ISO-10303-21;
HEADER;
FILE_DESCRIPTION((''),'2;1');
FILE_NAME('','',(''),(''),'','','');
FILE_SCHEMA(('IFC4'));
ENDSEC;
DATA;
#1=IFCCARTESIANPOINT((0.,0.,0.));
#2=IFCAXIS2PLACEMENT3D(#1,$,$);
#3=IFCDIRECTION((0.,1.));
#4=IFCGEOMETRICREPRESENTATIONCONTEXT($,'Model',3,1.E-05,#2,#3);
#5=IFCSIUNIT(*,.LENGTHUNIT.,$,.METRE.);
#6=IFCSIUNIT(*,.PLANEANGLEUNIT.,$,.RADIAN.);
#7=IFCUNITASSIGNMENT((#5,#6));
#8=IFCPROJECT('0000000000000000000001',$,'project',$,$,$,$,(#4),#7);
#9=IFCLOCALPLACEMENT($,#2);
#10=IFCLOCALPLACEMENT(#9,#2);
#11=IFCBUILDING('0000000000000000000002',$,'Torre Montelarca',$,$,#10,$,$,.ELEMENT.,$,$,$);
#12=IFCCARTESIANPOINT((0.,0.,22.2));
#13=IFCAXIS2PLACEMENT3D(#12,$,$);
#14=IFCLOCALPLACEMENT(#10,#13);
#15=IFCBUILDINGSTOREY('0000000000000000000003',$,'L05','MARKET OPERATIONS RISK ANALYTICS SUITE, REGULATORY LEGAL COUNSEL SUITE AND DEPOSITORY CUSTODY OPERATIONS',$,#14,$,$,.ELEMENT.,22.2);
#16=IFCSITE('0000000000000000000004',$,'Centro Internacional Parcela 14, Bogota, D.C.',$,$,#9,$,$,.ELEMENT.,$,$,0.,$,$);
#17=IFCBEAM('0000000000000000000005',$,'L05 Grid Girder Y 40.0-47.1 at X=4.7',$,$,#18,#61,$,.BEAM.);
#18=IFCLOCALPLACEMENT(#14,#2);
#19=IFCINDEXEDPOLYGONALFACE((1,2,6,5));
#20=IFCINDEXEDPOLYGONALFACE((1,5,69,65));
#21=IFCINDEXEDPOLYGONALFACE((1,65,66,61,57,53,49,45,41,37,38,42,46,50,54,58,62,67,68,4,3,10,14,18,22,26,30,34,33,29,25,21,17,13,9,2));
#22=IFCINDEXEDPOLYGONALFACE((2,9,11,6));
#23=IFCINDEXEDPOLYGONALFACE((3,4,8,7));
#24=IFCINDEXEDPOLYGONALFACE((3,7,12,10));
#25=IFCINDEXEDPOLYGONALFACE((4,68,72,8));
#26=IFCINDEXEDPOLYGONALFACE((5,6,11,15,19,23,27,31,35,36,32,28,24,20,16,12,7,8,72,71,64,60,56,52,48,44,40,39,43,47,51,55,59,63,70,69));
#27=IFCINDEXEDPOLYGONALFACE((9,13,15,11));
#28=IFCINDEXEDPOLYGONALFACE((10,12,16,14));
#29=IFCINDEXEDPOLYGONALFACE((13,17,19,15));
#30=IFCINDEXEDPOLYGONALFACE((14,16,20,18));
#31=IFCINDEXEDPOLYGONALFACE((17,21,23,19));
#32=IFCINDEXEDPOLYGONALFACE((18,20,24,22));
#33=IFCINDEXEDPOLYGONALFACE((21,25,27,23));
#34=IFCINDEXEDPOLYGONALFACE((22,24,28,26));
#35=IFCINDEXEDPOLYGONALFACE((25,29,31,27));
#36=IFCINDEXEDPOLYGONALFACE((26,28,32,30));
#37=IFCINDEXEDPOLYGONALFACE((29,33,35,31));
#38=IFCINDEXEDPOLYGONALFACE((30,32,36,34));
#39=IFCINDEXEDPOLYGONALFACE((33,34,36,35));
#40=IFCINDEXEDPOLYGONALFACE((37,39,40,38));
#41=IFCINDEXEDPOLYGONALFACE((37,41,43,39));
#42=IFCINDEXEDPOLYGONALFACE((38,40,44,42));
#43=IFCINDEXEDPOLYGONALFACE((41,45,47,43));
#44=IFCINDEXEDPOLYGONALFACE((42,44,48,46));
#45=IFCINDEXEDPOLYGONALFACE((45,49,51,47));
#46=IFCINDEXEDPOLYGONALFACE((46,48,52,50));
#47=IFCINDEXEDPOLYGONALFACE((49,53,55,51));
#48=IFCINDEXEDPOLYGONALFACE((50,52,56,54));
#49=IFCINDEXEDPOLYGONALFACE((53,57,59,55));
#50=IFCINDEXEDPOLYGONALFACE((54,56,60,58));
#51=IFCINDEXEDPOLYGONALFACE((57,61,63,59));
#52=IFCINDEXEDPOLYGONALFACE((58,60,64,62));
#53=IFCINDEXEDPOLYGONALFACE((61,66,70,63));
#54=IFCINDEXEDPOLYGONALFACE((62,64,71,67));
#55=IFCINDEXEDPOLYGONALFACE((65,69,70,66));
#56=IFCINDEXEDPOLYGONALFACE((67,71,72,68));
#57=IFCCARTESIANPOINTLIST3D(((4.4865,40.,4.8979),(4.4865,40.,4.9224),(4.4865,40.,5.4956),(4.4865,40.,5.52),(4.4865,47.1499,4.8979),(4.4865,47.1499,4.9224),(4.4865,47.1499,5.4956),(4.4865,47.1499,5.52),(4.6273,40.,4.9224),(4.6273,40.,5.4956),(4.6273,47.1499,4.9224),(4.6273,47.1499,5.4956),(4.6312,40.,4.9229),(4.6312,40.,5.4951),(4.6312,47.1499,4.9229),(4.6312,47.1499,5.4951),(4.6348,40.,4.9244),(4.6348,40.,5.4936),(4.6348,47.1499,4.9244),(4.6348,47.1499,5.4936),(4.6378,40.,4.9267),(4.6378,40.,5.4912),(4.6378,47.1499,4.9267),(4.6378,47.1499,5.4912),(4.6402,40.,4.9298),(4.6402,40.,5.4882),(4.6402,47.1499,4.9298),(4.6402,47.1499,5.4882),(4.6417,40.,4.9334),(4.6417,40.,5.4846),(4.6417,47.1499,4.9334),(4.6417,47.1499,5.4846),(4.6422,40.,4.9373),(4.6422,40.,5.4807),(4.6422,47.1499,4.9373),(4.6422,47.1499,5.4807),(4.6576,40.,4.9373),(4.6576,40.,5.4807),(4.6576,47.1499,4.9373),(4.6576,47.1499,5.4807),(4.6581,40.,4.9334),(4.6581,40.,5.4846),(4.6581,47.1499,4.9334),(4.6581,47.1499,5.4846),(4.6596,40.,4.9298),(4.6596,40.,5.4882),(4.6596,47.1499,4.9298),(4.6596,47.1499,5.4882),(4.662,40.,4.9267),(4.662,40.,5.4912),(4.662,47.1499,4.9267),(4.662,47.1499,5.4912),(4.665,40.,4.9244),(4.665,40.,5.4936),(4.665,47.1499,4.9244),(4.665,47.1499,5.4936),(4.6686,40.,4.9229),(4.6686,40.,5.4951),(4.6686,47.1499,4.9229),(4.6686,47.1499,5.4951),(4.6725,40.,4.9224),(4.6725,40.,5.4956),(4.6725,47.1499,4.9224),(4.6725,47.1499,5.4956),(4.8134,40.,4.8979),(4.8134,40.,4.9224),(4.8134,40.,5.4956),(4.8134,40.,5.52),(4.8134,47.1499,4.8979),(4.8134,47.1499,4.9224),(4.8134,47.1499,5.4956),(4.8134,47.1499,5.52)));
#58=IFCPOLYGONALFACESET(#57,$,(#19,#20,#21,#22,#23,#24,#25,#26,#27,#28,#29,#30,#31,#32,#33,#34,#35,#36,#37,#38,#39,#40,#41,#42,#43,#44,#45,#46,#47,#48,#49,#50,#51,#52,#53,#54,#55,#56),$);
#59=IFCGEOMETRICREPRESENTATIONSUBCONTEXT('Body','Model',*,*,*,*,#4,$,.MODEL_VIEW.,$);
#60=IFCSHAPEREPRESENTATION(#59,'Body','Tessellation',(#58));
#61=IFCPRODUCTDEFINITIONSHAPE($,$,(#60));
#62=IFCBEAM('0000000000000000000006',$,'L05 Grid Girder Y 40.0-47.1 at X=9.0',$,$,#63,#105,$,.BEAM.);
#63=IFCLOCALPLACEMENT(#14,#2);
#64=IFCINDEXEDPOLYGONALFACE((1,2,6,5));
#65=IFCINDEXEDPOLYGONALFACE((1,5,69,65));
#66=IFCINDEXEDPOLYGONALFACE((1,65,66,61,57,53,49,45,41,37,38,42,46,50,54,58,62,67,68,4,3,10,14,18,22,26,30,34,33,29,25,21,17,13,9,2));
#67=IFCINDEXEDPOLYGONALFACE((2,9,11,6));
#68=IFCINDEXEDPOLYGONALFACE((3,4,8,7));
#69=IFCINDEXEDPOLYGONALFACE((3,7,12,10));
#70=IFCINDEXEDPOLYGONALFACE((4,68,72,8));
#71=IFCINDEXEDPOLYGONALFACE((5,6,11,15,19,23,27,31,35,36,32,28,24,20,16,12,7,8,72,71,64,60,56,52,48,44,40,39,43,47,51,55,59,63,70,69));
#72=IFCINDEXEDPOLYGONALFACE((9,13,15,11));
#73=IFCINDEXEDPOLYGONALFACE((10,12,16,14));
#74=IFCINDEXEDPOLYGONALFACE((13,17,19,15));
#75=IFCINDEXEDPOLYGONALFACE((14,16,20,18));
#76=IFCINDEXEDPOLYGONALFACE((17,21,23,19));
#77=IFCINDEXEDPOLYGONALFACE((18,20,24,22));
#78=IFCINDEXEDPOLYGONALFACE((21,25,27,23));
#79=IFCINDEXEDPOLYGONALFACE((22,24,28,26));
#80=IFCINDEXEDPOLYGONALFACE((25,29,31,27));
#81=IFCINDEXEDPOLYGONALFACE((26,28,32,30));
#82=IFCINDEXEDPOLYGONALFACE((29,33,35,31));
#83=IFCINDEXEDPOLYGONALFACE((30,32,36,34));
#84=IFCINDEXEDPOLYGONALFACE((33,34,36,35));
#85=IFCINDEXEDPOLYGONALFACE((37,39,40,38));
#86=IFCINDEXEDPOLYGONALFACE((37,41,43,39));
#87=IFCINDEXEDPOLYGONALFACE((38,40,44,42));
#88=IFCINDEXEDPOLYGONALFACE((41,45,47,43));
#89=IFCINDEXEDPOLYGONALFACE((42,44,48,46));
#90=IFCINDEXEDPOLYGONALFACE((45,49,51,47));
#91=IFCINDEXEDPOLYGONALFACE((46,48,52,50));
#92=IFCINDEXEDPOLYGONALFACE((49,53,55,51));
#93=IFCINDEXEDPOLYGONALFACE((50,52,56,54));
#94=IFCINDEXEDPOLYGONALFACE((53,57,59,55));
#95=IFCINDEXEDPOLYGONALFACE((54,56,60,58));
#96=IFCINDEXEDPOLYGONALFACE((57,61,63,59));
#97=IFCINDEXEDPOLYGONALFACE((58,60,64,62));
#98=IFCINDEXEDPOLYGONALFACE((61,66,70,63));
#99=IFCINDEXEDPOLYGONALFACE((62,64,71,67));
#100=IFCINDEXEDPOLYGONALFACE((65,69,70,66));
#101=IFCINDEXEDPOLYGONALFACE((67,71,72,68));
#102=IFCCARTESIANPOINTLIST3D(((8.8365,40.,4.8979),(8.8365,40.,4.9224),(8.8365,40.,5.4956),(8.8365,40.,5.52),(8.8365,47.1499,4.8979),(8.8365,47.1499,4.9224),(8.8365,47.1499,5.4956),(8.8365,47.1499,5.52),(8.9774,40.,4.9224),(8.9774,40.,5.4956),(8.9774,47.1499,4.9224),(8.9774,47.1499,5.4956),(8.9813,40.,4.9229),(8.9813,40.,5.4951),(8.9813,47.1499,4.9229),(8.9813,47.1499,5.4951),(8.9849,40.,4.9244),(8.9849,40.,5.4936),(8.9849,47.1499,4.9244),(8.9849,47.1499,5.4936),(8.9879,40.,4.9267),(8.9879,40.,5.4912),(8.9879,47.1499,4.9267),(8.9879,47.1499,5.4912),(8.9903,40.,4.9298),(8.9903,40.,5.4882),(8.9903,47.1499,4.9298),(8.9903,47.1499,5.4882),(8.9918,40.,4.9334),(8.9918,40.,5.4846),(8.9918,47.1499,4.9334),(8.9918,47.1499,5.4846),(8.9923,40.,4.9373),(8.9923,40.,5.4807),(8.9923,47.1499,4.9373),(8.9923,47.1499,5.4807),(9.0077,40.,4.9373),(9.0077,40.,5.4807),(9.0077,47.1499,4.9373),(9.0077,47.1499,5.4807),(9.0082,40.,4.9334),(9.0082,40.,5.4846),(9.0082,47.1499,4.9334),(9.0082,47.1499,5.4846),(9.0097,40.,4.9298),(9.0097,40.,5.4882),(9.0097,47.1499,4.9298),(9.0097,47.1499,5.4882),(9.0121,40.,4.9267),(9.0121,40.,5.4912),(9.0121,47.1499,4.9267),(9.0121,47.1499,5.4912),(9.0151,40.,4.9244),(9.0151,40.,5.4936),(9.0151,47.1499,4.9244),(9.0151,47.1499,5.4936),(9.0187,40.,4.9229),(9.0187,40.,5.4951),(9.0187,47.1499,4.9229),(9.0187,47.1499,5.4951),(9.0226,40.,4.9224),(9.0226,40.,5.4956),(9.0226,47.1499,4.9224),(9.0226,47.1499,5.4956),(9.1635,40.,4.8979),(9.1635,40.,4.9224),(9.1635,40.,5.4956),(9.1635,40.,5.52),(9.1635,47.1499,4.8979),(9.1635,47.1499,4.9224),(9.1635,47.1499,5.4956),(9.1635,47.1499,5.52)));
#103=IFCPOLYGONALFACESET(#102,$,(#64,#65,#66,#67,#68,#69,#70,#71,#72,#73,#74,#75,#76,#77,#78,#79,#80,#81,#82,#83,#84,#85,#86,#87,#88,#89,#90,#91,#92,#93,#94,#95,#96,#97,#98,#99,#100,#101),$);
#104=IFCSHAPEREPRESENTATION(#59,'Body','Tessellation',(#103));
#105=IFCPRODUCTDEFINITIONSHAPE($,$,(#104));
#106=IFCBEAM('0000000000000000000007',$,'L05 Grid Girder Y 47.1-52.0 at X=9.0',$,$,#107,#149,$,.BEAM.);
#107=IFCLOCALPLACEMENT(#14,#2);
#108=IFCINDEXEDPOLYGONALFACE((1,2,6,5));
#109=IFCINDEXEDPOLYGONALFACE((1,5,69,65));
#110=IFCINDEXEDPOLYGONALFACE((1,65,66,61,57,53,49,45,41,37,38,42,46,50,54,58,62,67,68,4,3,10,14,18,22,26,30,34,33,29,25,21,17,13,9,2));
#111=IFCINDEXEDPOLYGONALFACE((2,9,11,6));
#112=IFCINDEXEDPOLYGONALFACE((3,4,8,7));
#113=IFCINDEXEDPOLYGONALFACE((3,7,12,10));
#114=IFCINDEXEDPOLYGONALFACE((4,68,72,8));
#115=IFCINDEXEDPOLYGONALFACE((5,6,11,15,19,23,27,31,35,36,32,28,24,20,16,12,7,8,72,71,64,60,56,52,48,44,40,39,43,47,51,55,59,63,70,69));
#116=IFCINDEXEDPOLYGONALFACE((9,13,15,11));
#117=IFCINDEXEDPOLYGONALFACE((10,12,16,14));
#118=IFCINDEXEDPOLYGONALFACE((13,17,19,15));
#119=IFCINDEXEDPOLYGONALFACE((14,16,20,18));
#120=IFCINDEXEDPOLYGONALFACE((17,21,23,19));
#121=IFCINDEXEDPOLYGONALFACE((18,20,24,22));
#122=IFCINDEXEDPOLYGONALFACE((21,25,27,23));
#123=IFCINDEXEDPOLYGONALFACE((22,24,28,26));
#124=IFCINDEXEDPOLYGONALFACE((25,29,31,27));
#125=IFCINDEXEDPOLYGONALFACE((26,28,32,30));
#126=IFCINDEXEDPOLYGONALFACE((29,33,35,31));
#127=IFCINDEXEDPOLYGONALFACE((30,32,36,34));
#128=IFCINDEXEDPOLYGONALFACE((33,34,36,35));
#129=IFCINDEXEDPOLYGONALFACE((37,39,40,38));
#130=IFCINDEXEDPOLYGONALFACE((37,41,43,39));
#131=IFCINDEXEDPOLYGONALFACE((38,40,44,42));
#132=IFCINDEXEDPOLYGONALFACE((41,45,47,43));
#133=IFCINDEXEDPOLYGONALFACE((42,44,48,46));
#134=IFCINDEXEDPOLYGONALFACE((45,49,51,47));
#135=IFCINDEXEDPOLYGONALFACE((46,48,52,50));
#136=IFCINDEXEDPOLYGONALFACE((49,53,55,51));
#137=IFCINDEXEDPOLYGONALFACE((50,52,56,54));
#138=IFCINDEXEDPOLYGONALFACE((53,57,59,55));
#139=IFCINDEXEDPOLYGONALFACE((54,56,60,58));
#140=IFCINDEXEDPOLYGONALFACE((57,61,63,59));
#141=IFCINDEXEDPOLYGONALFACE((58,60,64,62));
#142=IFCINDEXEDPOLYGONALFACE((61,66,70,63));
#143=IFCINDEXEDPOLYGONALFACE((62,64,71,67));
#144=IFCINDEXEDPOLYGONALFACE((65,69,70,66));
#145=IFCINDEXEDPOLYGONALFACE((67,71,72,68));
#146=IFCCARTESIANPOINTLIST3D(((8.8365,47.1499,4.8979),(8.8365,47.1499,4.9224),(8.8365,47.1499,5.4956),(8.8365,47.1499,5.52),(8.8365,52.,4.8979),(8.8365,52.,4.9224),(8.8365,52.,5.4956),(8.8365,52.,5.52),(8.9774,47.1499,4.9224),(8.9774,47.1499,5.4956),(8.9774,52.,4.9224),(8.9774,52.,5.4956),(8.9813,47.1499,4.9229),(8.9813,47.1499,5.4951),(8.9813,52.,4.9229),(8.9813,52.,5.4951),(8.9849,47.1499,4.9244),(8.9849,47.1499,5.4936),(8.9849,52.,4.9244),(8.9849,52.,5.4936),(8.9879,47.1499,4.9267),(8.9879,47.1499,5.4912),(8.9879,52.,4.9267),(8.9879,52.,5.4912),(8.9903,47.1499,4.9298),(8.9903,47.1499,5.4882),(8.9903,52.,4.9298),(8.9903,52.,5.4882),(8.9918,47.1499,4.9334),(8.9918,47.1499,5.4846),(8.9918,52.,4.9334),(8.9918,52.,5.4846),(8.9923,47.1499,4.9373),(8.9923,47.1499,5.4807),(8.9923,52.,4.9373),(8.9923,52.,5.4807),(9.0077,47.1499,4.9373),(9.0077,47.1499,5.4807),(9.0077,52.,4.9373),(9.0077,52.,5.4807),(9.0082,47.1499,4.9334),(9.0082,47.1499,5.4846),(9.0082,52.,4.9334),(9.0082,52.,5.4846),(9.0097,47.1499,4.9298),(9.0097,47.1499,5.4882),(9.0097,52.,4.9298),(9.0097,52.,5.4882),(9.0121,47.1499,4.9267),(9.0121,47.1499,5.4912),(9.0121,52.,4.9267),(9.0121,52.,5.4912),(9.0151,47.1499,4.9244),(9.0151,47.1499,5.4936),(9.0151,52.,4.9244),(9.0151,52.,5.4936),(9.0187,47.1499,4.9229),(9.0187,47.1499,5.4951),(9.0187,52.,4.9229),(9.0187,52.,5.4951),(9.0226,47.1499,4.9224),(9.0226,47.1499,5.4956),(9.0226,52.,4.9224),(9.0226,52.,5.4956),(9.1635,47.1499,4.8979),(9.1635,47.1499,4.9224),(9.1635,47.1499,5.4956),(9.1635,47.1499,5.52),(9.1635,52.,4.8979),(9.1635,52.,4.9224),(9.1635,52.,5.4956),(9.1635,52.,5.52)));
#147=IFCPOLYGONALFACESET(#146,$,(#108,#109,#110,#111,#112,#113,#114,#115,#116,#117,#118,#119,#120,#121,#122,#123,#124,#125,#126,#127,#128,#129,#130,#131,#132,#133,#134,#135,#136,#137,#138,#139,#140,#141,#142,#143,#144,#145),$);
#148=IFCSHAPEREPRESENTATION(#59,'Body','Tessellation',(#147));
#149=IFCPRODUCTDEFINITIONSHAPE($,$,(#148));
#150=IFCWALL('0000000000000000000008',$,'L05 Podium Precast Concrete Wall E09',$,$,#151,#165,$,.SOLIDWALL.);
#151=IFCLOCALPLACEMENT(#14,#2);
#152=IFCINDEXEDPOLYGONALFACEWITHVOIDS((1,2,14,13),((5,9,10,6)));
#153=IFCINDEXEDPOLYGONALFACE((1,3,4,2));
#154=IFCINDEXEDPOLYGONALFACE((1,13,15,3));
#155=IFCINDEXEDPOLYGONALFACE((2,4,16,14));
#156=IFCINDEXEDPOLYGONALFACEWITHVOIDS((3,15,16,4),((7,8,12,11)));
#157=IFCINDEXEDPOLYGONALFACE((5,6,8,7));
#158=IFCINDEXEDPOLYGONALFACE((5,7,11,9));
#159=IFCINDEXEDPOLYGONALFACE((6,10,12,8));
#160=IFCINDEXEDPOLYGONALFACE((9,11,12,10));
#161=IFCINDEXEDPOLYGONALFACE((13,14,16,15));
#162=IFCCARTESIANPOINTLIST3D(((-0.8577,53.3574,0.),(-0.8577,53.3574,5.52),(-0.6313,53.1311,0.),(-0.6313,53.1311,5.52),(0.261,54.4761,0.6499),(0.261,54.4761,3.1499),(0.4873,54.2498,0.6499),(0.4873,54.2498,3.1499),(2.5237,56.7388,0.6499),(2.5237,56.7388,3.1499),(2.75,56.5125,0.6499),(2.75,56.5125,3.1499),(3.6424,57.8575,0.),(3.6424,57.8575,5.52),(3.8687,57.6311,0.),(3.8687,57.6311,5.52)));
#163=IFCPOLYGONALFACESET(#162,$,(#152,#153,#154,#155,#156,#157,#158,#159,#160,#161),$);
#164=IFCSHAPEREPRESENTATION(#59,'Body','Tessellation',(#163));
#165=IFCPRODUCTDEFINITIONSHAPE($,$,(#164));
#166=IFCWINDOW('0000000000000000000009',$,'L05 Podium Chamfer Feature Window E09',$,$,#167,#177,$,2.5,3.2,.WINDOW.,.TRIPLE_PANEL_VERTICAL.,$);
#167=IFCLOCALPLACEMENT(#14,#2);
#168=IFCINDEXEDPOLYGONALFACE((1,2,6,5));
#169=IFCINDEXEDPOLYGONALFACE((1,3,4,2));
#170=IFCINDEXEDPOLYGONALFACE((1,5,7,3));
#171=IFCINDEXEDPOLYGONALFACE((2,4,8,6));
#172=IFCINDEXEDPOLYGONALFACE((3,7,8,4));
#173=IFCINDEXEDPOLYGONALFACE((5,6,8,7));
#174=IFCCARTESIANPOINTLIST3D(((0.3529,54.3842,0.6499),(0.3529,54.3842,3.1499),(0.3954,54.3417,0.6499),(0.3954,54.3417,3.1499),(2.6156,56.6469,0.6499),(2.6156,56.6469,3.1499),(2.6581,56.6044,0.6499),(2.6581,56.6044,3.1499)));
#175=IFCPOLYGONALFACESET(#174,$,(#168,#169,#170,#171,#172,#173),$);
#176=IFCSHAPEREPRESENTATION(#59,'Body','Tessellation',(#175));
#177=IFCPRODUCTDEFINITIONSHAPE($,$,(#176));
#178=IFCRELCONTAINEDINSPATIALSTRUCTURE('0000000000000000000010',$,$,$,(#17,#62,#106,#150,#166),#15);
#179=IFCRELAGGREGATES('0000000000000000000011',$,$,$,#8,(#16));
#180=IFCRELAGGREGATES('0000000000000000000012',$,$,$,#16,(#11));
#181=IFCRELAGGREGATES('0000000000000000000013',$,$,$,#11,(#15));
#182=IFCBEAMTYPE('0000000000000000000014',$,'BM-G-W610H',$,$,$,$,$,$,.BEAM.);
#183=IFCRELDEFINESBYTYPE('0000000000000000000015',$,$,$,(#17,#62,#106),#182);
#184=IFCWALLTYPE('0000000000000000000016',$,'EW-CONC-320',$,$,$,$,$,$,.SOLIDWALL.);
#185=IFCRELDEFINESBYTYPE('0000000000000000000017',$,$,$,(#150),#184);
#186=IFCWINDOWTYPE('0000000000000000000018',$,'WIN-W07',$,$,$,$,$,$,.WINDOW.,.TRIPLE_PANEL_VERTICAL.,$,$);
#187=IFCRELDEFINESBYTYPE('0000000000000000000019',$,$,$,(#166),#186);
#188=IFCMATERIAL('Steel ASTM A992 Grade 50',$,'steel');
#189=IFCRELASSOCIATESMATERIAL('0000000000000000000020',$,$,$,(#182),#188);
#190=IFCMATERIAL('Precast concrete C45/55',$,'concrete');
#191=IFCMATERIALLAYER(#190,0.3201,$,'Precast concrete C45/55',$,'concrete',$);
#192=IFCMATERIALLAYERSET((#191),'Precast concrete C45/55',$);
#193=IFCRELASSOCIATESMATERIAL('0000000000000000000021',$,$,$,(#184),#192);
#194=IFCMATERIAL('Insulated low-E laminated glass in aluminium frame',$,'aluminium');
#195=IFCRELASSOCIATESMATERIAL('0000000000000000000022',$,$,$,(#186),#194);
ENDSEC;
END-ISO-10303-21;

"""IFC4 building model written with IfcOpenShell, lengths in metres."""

from ifc_helpers import new_model, si_unit, direction, frame, frame_2d, origin, origin_2d, place, context, subcontext, project, spatial, rectangle, i_section, extrude, source, transform, mapped, material, layer, layer_set, material_profile, profile_set, type_object, element, fill, save


model = new_model("IFC4")

# Units and contexts
model_context = context("Model", 3, precision=1e-05, world=origin(), true_north=direction((0.0, 1.0)))
body_context = subcontext(model_context, "Body", "Model", "MODEL_VIEW")
ifc_project = project(units=[si_unit("LENGTHUNIT", "METRE"), si_unit("PLANEANGLEUNIT", "RADIAN")], contexts=[model_context])

# Site, building, storey
site_placement = place(None, origin())
site = spatial("IfcSite", under=ifc_project, at=site_placement, Name="Centro Internacional Parcela 14, Bogota, D.C.", CompositionType="ELEMENT", RefElevation=0.0)
building_placement = place(site_placement, origin())
building = spatial("IfcBuilding", under=site, at=building_placement, Name="Torre Montelarca", CompositionType="ELEMENT")
storey_placement = place(building_placement, frame((0.0, 0.0, 22.2)))
storey = spatial("IfcBuildingStorey", under=building, at=storey_placement, Name="L05", Description="MARKET OPERATIONS RISK ANALYTICS SUITE, REGULATORY LEGAL COUNSEL SUITE AND DEPOSITORY CUSTODY OPERATIONS", CompositionType="ELEMENT", Elevation=22.2)

# Beams
ifc_material_1 = material(Name="Steel ASTM A992 Grade 50", Category="steel")
ifc_material_profile_1 = material_profile(ifc_material_1, i_section(OverallWidth=0.3269, OverallDepth=0.6221, WebThickness=0.0154, FlangeThickness=0.0244, FilletRadius=0.0149, at=origin_2d()), Name="W610X195", Category="steel")
ifc_profile_set_1 = profile_set([ifc_material_profile_1], Name="Steel ASTM A992 Grade 50")
beam_type_1 = type_object("IfcBeamType", Name="BM-G-W610H", PredefinedType="BEAM", material=ifc_profile_set_1)
shared_shape_1 = source(origin(), body_context, "Body", "SweptSolid", [
    extrude(i_section(OverallWidth=0.3269, OverallDepth=0.6221, WebThickness=0.0154, FlangeThickness=0.0244, FilletRadius=0.0149, at=origin_2d()), origin(), (0.0, 0.0, 1.0), 7.1499),
])
for number, where, z_axis, x_axis, name in (
    (1, (4.6499, 40.0, 5.209), (0.0, 1.0, 0.0), (-1.0, 0.0, 0.0), "L05 Grid Girder Y 40.0-47.1 at X=4.7"),
    (2, (9.0, 40.0, 5.209), (0.0, 1.0, 0.0), (-1.0, 0.0, 0.0), "L05 Grid Girder Y 40.0-47.1 at X=9.0"),
):
    element("IfcBeam", number, at=place(storey_placement, frame(where, z_axis=z_axis, x_axis=x_axis)), inside=storey, type_object=beam_type_1, Name=name, PredefinedType="BEAM", context=body_context, shape_type="MappedRepresentation", body=[
        mapped(shared_shape_1, transform((0.0, 0.0, 0.0), scale=1.0)),
    ])
shared_shape_2 = source(origin(), body_context, "Body", "SweptSolid", [
    extrude(i_section(OverallWidth=0.3269, OverallDepth=0.6221, WebThickness=0.0154, FlangeThickness=0.0244, FilletRadius=0.0149, at=origin_2d()), origin(), (0.0, 0.0, 1.0), 4.8501),
])
beam_1_placement = place(storey_placement, frame((9.0, 47.1499, 5.209), z_axis=(0.0, 1.0, 0.0), x_axis=(-1.0, 0.0, 0.0)))
element("IfcBeam", 3, at=beam_1_placement, inside=storey, type_object=beam_type_1, Name="L05 Grid Girder Y 47.1-52.0 at X=9.0", PredefinedType="BEAM", context=body_context, shape_type="MappedRepresentation", body=[
    mapped(shared_shape_2, transform((0.0, 0.0, 0.0), scale=1.0)),
])

# Wall, opening, window
ifc_material_2 = material(Name="Precast concrete C45/55", Category="concrete")
ifc_layer_1 = layer(ifc_material_2, 0.3201, Name="Precast concrete C45/55", Category="concrete")
ifc_layer_set_1 = layer_set([ifc_layer_1], Name="Precast concrete C45/55")
wall_type = type_object("IfcWallType", Name="EW-CONC-320", PredefinedType="SOLIDWALL", material=ifc_layer_set_1)
wall_placement = place(storey_placement, frame((3.7556, 57.7444, 0.0), z_axis=(0.0, 0.0, 1.0), x_axis=(-0.707107, -0.707107, 0.0)))
wall = element("IfcWall", 4, at=wall_placement, inside=storey, type_object=wall_type, Name="L05 Podium Precast Concrete Wall E09", PredefinedType="SOLIDWALL", context=body_context, shape_type="SweptSolid", body=[
    extrude(rectangle(XDim=6.364, YDim=0.3201, at=frame_2d((3.1821, 0.0))), origin(), (0.0, 0.0, 1.0), 5.52),
])
opening_placement = place(wall_placement, frame((1.582, 0.0, 0.6499)))
opening = element("IfcOpeningElement", 5, at=opening_placement, cuts=wall, PredefinedType="OPENING", context=body_context, shape_type="SweptSolid", body=[
    extrude(rectangle(XDim=3.2, YDim=2.5, at=frame_2d((1.6001, 1.25))), frame((0.0, 0.1699, 0.0), z_axis=(0.0, -1.0, 0.0), x_axis=(1.0, 0.0, 0.0)), (0.0, 0.0, 1.0), 0.3401),
])
ifc_material_3 = material(Name="Insulated low-E laminated glass in aluminium frame", Category="aluminium")
window_type = type_object("IfcWindowType", Name="WIN-W07", PartitioningType="TRIPLE_PANEL_VERTICAL", PredefinedType="WINDOW", material=ifc_material_3)
shared_shape_3 = source(origin(), body_context, "Body", "SweptSolid", [
    extrude(rectangle(XDim=3.2, YDim=2.5, at=frame_2d((1.6001, 1.25))), frame((0.0, 0.03, 0.0), z_axis=(0.0, -1.0, 0.0), x_axis=(1.0, 0.0, 0.0)), (0.0, 0.0, 1.0), 0.0601),
])
window_placement = place(opening_placement, origin())
window = element("IfcWindow", 6, at=window_placement, inside=storey, type_object=window_type, Name="L05 Podium Chamfer Feature Window E09", OverallHeight=2.5, OverallWidth=3.2, PartitioningType="TRIPLE_PANEL_VERTICAL", PredefinedType="WINDOW", context=body_context, shape_type="MappedRepresentation", body=[
    mapped(shared_shape_3, transform((0.0, 0.0, 0.0), scale=1.0)),
])
fill(opening, window)

save(model, "model.ifc")
